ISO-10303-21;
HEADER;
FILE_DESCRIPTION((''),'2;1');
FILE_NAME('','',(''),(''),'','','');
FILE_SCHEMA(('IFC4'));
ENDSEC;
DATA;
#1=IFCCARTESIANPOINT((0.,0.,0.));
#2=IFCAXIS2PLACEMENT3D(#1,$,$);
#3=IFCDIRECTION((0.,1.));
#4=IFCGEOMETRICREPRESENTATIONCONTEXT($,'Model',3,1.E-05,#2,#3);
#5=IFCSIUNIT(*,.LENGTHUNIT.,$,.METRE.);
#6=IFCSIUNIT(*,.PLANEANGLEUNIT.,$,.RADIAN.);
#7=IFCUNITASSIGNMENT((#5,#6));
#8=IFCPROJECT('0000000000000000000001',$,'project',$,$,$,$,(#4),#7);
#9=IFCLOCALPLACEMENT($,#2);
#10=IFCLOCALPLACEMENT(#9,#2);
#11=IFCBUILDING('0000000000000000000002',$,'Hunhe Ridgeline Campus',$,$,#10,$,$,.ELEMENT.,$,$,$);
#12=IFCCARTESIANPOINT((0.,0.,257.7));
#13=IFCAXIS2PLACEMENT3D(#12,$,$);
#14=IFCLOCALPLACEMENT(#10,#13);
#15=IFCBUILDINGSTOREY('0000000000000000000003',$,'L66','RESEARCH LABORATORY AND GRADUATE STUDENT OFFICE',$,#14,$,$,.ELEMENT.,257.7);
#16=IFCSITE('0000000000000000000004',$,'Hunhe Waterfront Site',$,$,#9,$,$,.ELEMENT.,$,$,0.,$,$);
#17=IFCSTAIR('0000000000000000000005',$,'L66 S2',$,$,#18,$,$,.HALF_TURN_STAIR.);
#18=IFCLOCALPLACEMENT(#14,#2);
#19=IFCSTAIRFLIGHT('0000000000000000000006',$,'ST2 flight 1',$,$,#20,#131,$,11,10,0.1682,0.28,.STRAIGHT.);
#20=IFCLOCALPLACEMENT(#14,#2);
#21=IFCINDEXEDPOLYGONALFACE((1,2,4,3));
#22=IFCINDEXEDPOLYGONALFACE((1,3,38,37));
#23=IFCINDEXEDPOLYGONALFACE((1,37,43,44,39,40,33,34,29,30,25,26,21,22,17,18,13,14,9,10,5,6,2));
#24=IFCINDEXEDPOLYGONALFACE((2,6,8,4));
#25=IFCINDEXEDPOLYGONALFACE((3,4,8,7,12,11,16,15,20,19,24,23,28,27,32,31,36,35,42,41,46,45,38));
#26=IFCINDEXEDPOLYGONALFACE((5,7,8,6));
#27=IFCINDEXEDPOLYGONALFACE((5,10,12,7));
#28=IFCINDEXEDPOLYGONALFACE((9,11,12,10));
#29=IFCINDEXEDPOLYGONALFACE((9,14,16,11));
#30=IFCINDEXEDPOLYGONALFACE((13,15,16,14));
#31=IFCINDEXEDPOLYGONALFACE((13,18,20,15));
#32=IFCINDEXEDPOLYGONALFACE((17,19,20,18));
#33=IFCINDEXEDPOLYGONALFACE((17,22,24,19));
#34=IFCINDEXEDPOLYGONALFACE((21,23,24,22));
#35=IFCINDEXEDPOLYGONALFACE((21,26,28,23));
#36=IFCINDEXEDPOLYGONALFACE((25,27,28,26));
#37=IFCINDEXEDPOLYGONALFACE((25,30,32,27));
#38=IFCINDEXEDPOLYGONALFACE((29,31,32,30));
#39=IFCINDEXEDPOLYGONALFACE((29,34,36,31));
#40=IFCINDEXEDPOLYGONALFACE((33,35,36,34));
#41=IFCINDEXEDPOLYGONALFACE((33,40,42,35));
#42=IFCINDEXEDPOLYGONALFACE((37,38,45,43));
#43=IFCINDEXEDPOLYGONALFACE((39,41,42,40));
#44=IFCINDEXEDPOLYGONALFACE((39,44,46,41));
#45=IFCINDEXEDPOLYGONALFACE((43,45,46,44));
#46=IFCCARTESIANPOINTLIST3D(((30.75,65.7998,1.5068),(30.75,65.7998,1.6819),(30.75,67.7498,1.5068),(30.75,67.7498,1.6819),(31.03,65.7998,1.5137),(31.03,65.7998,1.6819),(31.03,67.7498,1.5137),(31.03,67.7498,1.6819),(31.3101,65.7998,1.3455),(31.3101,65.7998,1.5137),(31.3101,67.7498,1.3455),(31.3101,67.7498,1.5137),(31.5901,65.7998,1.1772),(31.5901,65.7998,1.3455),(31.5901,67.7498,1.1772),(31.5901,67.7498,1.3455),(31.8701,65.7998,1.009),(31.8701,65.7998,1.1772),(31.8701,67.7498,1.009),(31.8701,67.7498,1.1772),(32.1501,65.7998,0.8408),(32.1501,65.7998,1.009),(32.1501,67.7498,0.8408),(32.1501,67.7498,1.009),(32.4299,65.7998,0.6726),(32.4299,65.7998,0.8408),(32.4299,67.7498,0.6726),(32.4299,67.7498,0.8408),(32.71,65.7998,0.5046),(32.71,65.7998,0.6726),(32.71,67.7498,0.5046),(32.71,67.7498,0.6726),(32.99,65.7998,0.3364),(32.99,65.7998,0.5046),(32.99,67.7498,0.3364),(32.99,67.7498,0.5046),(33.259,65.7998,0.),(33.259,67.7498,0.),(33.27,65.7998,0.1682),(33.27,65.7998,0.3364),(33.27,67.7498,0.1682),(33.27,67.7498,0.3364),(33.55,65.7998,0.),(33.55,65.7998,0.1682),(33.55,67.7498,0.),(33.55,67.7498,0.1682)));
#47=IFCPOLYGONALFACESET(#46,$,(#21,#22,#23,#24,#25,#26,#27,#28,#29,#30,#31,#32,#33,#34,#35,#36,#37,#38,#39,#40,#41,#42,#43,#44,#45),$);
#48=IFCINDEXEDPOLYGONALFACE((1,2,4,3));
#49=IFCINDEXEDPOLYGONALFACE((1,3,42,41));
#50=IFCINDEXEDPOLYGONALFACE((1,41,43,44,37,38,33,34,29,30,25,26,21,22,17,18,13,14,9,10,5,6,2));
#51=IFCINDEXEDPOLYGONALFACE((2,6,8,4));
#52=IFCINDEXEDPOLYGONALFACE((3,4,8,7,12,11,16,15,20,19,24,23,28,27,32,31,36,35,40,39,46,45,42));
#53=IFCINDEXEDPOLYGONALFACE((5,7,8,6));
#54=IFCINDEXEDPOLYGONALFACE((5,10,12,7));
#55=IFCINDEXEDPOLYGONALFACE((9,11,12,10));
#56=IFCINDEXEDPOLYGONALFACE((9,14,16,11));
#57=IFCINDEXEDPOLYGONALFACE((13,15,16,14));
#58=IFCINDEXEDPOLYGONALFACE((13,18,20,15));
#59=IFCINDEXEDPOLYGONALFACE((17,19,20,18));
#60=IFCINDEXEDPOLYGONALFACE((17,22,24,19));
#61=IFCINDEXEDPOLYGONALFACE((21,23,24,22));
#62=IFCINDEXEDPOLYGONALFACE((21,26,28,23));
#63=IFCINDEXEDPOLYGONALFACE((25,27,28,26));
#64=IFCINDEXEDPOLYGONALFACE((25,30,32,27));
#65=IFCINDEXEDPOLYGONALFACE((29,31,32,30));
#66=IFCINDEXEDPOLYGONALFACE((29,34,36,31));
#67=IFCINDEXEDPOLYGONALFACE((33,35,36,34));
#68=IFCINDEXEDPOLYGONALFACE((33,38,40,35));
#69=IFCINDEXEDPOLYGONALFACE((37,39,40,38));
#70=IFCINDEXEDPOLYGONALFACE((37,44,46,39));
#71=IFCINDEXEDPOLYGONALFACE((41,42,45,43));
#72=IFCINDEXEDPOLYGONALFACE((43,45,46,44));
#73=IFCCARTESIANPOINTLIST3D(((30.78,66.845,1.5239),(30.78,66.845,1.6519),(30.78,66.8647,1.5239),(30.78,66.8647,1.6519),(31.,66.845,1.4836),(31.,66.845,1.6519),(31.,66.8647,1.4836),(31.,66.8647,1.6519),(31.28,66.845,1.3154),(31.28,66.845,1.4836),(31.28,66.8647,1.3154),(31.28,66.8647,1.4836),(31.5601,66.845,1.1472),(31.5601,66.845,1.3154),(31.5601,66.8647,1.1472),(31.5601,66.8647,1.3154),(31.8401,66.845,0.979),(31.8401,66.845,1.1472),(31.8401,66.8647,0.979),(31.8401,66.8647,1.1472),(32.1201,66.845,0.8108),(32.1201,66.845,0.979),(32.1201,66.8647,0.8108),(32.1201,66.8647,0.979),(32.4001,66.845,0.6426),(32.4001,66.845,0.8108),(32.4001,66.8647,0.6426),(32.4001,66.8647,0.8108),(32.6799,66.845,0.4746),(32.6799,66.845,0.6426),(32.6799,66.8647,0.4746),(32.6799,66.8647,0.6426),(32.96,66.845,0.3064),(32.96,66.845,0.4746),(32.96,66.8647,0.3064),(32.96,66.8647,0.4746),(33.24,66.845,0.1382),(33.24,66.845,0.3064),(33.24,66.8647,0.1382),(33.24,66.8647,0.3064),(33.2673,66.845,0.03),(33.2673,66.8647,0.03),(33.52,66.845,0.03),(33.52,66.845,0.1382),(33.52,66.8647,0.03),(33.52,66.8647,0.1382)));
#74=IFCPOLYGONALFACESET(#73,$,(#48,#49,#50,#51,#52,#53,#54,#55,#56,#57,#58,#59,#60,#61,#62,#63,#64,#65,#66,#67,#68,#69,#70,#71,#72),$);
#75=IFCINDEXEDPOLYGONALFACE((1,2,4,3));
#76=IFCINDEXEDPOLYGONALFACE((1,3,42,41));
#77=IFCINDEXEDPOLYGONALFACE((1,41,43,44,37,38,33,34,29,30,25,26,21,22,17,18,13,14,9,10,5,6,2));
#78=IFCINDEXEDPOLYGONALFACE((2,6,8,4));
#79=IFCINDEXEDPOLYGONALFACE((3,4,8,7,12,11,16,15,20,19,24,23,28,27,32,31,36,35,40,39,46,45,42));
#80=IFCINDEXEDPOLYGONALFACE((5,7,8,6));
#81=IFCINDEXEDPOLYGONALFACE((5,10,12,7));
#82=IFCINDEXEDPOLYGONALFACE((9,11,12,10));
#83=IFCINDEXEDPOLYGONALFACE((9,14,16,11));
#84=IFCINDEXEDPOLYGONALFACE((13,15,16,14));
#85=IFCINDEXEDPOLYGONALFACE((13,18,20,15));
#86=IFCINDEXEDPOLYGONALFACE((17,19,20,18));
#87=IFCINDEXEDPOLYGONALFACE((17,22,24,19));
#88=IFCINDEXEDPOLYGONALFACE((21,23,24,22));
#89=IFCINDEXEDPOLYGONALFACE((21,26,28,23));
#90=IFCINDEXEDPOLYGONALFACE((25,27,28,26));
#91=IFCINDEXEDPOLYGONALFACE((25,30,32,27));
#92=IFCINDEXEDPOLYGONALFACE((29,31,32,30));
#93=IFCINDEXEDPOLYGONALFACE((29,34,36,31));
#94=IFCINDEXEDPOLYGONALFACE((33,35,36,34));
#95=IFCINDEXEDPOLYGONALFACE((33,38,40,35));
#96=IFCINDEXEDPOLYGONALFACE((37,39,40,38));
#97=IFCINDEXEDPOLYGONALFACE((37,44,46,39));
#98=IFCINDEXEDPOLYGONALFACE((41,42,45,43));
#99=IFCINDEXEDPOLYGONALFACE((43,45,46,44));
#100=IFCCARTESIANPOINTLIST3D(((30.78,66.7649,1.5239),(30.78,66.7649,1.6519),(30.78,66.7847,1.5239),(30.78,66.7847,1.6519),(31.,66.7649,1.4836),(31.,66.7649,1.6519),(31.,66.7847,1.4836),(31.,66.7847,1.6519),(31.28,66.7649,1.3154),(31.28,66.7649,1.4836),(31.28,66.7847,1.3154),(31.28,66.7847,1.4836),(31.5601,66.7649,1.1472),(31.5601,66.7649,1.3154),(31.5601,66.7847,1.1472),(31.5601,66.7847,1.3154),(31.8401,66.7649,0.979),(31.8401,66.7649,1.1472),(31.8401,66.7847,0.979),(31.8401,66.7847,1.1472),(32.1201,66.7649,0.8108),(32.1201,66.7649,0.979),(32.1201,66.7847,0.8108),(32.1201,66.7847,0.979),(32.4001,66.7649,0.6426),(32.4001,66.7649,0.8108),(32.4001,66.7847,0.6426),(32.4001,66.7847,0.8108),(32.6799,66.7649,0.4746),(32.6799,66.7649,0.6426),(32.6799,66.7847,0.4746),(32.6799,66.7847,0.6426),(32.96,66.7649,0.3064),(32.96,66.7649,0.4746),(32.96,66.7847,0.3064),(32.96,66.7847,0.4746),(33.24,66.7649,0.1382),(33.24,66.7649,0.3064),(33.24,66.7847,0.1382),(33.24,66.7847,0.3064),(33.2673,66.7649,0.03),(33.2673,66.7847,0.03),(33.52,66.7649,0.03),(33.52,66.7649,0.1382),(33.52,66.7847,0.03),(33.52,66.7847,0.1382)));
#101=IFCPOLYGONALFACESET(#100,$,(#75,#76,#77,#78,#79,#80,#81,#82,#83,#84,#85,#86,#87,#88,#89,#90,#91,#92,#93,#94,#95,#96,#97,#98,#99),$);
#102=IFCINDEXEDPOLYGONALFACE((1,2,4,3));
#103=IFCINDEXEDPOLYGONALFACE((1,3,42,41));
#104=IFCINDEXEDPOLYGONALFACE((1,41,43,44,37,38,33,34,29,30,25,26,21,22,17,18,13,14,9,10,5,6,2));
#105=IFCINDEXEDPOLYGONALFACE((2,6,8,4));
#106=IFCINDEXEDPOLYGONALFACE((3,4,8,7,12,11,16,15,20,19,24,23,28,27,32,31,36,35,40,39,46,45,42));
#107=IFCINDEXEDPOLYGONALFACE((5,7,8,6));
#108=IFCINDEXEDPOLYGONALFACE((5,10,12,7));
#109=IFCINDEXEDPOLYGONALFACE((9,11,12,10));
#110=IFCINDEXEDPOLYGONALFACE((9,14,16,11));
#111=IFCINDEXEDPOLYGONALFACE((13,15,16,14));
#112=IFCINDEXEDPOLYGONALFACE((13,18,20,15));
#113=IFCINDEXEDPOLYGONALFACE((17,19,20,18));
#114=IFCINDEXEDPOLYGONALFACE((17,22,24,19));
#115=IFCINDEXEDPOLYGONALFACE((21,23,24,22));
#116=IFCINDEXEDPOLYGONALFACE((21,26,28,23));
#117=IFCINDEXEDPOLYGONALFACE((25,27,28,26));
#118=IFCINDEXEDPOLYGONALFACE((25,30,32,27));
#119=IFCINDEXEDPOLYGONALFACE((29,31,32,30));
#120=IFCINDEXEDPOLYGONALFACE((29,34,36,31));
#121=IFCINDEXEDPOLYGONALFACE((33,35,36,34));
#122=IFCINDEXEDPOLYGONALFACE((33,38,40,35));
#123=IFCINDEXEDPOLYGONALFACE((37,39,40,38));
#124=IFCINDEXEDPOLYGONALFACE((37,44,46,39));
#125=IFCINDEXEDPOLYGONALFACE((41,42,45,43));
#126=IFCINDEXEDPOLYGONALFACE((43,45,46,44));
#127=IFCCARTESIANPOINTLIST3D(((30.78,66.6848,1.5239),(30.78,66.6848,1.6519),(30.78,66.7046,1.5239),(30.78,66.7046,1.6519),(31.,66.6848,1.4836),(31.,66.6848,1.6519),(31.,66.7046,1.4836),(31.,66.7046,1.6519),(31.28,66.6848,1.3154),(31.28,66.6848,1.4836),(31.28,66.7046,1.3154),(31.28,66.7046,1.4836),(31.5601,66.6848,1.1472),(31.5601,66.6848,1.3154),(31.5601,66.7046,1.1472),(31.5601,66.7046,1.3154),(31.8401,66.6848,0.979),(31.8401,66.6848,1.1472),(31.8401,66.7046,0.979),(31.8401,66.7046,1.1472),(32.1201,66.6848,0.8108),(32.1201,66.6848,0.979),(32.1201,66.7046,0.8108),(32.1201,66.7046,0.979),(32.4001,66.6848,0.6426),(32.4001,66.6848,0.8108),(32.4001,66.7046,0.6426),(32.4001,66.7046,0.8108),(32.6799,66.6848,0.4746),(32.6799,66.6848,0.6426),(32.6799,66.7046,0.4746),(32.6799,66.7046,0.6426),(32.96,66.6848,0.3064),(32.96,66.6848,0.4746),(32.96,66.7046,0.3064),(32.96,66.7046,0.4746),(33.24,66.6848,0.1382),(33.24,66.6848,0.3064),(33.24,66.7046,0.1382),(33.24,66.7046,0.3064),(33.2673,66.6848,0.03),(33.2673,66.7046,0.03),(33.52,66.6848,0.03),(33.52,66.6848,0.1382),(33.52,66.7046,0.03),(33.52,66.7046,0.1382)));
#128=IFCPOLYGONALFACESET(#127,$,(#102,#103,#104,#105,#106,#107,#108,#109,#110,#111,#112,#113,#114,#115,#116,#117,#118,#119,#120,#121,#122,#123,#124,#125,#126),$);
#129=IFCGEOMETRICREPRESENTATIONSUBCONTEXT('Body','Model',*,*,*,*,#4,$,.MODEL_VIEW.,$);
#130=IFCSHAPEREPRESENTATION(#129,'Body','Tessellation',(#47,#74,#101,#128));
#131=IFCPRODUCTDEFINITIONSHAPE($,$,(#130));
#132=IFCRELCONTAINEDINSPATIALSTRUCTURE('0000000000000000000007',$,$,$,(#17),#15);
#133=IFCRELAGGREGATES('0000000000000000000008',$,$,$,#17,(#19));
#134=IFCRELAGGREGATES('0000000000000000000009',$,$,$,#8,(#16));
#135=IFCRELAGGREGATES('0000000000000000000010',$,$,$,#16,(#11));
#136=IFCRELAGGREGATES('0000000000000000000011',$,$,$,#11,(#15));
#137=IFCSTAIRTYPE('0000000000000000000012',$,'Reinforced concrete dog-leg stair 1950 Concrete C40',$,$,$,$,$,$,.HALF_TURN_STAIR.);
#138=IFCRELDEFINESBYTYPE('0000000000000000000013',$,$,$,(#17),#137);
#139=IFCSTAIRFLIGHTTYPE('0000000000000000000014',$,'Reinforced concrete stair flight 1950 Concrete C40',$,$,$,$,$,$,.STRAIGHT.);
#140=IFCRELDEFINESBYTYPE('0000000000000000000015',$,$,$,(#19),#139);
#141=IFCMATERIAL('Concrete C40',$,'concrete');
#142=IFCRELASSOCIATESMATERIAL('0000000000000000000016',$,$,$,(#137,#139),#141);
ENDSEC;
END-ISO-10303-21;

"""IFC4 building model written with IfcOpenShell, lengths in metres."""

from ifc_helpers import new_model, si_unit, direction, frame, origin, place, context, subcontext, project, spatial, polyline, outline, extrude, material, type_object, element, aggregate, save


model = new_model("IFC4")

# Units and contexts
model_context = context("Model", 3, precision=1e-05, world=origin(), true_north=direction((0.0, 1.0)))
body_context = subcontext(model_context, "Body", "Model", "MODEL_VIEW")
ifc_project = project(units=[si_unit("LENGTHUNIT", "METRE"), si_unit("PLANEANGLEUNIT", "RADIAN")], contexts=[model_context])

# Site, building, storey
site_placement = place(None, origin())
site = spatial("IfcSite", under=ifc_project, at=site_placement, Name="Hunhe Waterfront Site", CompositionType="ELEMENT", RefElevation=0.0)
building_placement = place(site_placement, origin())
building = spatial("IfcBuilding", under=site, at=building_placement, Name="Hunhe Ridgeline Campus", CompositionType="ELEMENT")
storey_placement = place(building_placement, frame((0.0, 0.0, 257.7)))
storey = spatial("IfcBuildingStorey", under=building, at=storey_placement, Name="L66", Description="RESEARCH LABORATORY AND GRADUATE STUDENT OFFICE", CompositionType="ELEMENT", Elevation=257.7)

# Stair, stair flight
ifc_material_1 = material(Name="Concrete C40", Category="concrete")
stair_type = type_object("IfcStairType", Name="Reinforced concrete dog-leg stair 1950 Concrete C40", PredefinedType="HALF_TURN_STAIR", material=ifc_material_1)
stair_placement = place(storey_placement, origin())
stair = element("IfcStair", 1, at=stair_placement, inside=storey, type_object=stair_type, Name="L66 S2", PredefinedType="HALF_TURN_STAIR")
stair_flight_type = type_object("IfcStairFlightType", Name="Reinforced concrete stair flight 1950 Concrete C40", PredefinedType="STRAIGHT", material=ifc_material_1)
stair_flight_1_placement = place(storey_placement, frame((33.55, 66.7749, 0.0), z_axis=(0.0, 0.0, 1.0), x_axis=(-1.0, 0.0, 0.0)))
stair_flight_1 = element("IfcStairFlight", 2, at=stair_flight_1_placement, type_object=stair_flight_type, Name="ST2 flight 1", NumberOfRisers=11, NumberOfTreads=10, PredefinedType="STRAIGHT", RiserHeight=0.1682, TreadLength=0.28, context=body_context, shape_type="SweptSolid", body=[
    extrude(outline(polyline([(0.0, 0.0), (0.0, 0.1682), (0.28, 0.1682), (0.28, 0.3364), (0.5601, 0.3364), (0.5601, 0.5046), (0.8401, 0.5046), (0.8401, 0.6726), (1.1201, 0.6726), (1.1201, 0.8408), (1.3999, 0.8408), (1.3999, 1.009), (1.6799, 1.009), (1.6799, 1.1772), (1.96, 1.1772), (1.96, 1.3455), (2.24, 1.3455), (2.24, 1.5137), (2.52, 1.5137), (2.52, 1.6819), (2.8, 1.6819), (2.8, 1.8501), (2.8, 1.5068), (0.291, 0.0), (0.0, 0.0)])), frame((0.0, 0.9751, 0.0), z_axis=(0.0, -1.0, 0.0), x_axis=(1.0, 0.0, 0.0)), (0.0, 0.0, 1.0), 1.95),
    extrude(outline(polyline([(0.03, 0.03), (0.03, 0.1382), (0.3101, 0.1382), (0.3101, 0.3064), (0.5901, 0.3064), (0.5901, 0.4746), (0.8701, 0.4746), (0.8701, 0.6426), (1.1499, 0.6426), (1.1499, 0.8108), (1.4299, 0.8108), (1.4299, 0.979), (1.71, 0.979), (1.71, 1.1472), (1.99, 1.1472), (1.99, 1.3154), (2.27, 1.3154), (2.27, 1.4836), (2.55, 1.4836), (2.55, 1.6519), (2.77, 1.6519), (2.77, 1.5239), (0.2827, 0.03), (0.03, 0.03)])), frame((0.0, -0.0701, 0.0), z_axis=(0.0, -1.0, 0.0), x_axis=(1.0, 0.0, 0.0)), (0.0, 0.0, 1.0), 0.0198),
    extrude(outline(polyline([(0.03, 0.03), (0.03, 0.1382), (0.3101, 0.1382), (0.3101, 0.3064), (0.5901, 0.3064), (0.5901, 0.4746), (0.8701, 0.4746), (0.8701, 0.6426), (1.1499, 0.6426), (1.1499, 0.8108), (1.4299, 0.8108), (1.4299, 0.979), (1.71, 0.979), (1.71, 1.1472), (1.99, 1.1472), (1.99, 1.3154), (2.27, 1.3154), (2.27, 1.4836), (2.55, 1.4836), (2.55, 1.6519), (2.77, 1.6519), (2.77, 1.5239), (0.2827, 0.03), (0.03, 0.03)])), frame((0.0, 0.01, 0.0), z_axis=(0.0, -1.0, 0.0), x_axis=(1.0, 0.0, 0.0)), (0.0, 0.0, 1.0), 0.0198),
    extrude(outline(polyline([(0.03, 0.03), (0.03, 0.1382), (0.3101, 0.1382), (0.3101, 0.3064), (0.5901, 0.3064), (0.5901, 0.4746), (0.8701, 0.4746), (0.8701, 0.6426), (1.1499, 0.6426), (1.1499, 0.8108), (1.4299, 0.8108), (1.4299, 0.979), (1.71, 0.979), (1.71, 1.1472), (1.99, 1.1472), (1.99, 1.3154), (2.27, 1.3154), (2.27, 1.4836), (2.55, 1.4836), (2.55, 1.6519), (2.77, 1.6519), (2.77, 1.5239), (0.2827, 0.03), (0.03, 0.03)])), frame((0.0, 0.0901, 0.0), z_axis=(0.0, -1.0, 0.0), x_axis=(1.0, 0.0, 0.0)), (0.0, 0.0, 1.0), 0.0198),
])
aggregate(stair, [stair_flight_1])

save(model, "model.ifc")
